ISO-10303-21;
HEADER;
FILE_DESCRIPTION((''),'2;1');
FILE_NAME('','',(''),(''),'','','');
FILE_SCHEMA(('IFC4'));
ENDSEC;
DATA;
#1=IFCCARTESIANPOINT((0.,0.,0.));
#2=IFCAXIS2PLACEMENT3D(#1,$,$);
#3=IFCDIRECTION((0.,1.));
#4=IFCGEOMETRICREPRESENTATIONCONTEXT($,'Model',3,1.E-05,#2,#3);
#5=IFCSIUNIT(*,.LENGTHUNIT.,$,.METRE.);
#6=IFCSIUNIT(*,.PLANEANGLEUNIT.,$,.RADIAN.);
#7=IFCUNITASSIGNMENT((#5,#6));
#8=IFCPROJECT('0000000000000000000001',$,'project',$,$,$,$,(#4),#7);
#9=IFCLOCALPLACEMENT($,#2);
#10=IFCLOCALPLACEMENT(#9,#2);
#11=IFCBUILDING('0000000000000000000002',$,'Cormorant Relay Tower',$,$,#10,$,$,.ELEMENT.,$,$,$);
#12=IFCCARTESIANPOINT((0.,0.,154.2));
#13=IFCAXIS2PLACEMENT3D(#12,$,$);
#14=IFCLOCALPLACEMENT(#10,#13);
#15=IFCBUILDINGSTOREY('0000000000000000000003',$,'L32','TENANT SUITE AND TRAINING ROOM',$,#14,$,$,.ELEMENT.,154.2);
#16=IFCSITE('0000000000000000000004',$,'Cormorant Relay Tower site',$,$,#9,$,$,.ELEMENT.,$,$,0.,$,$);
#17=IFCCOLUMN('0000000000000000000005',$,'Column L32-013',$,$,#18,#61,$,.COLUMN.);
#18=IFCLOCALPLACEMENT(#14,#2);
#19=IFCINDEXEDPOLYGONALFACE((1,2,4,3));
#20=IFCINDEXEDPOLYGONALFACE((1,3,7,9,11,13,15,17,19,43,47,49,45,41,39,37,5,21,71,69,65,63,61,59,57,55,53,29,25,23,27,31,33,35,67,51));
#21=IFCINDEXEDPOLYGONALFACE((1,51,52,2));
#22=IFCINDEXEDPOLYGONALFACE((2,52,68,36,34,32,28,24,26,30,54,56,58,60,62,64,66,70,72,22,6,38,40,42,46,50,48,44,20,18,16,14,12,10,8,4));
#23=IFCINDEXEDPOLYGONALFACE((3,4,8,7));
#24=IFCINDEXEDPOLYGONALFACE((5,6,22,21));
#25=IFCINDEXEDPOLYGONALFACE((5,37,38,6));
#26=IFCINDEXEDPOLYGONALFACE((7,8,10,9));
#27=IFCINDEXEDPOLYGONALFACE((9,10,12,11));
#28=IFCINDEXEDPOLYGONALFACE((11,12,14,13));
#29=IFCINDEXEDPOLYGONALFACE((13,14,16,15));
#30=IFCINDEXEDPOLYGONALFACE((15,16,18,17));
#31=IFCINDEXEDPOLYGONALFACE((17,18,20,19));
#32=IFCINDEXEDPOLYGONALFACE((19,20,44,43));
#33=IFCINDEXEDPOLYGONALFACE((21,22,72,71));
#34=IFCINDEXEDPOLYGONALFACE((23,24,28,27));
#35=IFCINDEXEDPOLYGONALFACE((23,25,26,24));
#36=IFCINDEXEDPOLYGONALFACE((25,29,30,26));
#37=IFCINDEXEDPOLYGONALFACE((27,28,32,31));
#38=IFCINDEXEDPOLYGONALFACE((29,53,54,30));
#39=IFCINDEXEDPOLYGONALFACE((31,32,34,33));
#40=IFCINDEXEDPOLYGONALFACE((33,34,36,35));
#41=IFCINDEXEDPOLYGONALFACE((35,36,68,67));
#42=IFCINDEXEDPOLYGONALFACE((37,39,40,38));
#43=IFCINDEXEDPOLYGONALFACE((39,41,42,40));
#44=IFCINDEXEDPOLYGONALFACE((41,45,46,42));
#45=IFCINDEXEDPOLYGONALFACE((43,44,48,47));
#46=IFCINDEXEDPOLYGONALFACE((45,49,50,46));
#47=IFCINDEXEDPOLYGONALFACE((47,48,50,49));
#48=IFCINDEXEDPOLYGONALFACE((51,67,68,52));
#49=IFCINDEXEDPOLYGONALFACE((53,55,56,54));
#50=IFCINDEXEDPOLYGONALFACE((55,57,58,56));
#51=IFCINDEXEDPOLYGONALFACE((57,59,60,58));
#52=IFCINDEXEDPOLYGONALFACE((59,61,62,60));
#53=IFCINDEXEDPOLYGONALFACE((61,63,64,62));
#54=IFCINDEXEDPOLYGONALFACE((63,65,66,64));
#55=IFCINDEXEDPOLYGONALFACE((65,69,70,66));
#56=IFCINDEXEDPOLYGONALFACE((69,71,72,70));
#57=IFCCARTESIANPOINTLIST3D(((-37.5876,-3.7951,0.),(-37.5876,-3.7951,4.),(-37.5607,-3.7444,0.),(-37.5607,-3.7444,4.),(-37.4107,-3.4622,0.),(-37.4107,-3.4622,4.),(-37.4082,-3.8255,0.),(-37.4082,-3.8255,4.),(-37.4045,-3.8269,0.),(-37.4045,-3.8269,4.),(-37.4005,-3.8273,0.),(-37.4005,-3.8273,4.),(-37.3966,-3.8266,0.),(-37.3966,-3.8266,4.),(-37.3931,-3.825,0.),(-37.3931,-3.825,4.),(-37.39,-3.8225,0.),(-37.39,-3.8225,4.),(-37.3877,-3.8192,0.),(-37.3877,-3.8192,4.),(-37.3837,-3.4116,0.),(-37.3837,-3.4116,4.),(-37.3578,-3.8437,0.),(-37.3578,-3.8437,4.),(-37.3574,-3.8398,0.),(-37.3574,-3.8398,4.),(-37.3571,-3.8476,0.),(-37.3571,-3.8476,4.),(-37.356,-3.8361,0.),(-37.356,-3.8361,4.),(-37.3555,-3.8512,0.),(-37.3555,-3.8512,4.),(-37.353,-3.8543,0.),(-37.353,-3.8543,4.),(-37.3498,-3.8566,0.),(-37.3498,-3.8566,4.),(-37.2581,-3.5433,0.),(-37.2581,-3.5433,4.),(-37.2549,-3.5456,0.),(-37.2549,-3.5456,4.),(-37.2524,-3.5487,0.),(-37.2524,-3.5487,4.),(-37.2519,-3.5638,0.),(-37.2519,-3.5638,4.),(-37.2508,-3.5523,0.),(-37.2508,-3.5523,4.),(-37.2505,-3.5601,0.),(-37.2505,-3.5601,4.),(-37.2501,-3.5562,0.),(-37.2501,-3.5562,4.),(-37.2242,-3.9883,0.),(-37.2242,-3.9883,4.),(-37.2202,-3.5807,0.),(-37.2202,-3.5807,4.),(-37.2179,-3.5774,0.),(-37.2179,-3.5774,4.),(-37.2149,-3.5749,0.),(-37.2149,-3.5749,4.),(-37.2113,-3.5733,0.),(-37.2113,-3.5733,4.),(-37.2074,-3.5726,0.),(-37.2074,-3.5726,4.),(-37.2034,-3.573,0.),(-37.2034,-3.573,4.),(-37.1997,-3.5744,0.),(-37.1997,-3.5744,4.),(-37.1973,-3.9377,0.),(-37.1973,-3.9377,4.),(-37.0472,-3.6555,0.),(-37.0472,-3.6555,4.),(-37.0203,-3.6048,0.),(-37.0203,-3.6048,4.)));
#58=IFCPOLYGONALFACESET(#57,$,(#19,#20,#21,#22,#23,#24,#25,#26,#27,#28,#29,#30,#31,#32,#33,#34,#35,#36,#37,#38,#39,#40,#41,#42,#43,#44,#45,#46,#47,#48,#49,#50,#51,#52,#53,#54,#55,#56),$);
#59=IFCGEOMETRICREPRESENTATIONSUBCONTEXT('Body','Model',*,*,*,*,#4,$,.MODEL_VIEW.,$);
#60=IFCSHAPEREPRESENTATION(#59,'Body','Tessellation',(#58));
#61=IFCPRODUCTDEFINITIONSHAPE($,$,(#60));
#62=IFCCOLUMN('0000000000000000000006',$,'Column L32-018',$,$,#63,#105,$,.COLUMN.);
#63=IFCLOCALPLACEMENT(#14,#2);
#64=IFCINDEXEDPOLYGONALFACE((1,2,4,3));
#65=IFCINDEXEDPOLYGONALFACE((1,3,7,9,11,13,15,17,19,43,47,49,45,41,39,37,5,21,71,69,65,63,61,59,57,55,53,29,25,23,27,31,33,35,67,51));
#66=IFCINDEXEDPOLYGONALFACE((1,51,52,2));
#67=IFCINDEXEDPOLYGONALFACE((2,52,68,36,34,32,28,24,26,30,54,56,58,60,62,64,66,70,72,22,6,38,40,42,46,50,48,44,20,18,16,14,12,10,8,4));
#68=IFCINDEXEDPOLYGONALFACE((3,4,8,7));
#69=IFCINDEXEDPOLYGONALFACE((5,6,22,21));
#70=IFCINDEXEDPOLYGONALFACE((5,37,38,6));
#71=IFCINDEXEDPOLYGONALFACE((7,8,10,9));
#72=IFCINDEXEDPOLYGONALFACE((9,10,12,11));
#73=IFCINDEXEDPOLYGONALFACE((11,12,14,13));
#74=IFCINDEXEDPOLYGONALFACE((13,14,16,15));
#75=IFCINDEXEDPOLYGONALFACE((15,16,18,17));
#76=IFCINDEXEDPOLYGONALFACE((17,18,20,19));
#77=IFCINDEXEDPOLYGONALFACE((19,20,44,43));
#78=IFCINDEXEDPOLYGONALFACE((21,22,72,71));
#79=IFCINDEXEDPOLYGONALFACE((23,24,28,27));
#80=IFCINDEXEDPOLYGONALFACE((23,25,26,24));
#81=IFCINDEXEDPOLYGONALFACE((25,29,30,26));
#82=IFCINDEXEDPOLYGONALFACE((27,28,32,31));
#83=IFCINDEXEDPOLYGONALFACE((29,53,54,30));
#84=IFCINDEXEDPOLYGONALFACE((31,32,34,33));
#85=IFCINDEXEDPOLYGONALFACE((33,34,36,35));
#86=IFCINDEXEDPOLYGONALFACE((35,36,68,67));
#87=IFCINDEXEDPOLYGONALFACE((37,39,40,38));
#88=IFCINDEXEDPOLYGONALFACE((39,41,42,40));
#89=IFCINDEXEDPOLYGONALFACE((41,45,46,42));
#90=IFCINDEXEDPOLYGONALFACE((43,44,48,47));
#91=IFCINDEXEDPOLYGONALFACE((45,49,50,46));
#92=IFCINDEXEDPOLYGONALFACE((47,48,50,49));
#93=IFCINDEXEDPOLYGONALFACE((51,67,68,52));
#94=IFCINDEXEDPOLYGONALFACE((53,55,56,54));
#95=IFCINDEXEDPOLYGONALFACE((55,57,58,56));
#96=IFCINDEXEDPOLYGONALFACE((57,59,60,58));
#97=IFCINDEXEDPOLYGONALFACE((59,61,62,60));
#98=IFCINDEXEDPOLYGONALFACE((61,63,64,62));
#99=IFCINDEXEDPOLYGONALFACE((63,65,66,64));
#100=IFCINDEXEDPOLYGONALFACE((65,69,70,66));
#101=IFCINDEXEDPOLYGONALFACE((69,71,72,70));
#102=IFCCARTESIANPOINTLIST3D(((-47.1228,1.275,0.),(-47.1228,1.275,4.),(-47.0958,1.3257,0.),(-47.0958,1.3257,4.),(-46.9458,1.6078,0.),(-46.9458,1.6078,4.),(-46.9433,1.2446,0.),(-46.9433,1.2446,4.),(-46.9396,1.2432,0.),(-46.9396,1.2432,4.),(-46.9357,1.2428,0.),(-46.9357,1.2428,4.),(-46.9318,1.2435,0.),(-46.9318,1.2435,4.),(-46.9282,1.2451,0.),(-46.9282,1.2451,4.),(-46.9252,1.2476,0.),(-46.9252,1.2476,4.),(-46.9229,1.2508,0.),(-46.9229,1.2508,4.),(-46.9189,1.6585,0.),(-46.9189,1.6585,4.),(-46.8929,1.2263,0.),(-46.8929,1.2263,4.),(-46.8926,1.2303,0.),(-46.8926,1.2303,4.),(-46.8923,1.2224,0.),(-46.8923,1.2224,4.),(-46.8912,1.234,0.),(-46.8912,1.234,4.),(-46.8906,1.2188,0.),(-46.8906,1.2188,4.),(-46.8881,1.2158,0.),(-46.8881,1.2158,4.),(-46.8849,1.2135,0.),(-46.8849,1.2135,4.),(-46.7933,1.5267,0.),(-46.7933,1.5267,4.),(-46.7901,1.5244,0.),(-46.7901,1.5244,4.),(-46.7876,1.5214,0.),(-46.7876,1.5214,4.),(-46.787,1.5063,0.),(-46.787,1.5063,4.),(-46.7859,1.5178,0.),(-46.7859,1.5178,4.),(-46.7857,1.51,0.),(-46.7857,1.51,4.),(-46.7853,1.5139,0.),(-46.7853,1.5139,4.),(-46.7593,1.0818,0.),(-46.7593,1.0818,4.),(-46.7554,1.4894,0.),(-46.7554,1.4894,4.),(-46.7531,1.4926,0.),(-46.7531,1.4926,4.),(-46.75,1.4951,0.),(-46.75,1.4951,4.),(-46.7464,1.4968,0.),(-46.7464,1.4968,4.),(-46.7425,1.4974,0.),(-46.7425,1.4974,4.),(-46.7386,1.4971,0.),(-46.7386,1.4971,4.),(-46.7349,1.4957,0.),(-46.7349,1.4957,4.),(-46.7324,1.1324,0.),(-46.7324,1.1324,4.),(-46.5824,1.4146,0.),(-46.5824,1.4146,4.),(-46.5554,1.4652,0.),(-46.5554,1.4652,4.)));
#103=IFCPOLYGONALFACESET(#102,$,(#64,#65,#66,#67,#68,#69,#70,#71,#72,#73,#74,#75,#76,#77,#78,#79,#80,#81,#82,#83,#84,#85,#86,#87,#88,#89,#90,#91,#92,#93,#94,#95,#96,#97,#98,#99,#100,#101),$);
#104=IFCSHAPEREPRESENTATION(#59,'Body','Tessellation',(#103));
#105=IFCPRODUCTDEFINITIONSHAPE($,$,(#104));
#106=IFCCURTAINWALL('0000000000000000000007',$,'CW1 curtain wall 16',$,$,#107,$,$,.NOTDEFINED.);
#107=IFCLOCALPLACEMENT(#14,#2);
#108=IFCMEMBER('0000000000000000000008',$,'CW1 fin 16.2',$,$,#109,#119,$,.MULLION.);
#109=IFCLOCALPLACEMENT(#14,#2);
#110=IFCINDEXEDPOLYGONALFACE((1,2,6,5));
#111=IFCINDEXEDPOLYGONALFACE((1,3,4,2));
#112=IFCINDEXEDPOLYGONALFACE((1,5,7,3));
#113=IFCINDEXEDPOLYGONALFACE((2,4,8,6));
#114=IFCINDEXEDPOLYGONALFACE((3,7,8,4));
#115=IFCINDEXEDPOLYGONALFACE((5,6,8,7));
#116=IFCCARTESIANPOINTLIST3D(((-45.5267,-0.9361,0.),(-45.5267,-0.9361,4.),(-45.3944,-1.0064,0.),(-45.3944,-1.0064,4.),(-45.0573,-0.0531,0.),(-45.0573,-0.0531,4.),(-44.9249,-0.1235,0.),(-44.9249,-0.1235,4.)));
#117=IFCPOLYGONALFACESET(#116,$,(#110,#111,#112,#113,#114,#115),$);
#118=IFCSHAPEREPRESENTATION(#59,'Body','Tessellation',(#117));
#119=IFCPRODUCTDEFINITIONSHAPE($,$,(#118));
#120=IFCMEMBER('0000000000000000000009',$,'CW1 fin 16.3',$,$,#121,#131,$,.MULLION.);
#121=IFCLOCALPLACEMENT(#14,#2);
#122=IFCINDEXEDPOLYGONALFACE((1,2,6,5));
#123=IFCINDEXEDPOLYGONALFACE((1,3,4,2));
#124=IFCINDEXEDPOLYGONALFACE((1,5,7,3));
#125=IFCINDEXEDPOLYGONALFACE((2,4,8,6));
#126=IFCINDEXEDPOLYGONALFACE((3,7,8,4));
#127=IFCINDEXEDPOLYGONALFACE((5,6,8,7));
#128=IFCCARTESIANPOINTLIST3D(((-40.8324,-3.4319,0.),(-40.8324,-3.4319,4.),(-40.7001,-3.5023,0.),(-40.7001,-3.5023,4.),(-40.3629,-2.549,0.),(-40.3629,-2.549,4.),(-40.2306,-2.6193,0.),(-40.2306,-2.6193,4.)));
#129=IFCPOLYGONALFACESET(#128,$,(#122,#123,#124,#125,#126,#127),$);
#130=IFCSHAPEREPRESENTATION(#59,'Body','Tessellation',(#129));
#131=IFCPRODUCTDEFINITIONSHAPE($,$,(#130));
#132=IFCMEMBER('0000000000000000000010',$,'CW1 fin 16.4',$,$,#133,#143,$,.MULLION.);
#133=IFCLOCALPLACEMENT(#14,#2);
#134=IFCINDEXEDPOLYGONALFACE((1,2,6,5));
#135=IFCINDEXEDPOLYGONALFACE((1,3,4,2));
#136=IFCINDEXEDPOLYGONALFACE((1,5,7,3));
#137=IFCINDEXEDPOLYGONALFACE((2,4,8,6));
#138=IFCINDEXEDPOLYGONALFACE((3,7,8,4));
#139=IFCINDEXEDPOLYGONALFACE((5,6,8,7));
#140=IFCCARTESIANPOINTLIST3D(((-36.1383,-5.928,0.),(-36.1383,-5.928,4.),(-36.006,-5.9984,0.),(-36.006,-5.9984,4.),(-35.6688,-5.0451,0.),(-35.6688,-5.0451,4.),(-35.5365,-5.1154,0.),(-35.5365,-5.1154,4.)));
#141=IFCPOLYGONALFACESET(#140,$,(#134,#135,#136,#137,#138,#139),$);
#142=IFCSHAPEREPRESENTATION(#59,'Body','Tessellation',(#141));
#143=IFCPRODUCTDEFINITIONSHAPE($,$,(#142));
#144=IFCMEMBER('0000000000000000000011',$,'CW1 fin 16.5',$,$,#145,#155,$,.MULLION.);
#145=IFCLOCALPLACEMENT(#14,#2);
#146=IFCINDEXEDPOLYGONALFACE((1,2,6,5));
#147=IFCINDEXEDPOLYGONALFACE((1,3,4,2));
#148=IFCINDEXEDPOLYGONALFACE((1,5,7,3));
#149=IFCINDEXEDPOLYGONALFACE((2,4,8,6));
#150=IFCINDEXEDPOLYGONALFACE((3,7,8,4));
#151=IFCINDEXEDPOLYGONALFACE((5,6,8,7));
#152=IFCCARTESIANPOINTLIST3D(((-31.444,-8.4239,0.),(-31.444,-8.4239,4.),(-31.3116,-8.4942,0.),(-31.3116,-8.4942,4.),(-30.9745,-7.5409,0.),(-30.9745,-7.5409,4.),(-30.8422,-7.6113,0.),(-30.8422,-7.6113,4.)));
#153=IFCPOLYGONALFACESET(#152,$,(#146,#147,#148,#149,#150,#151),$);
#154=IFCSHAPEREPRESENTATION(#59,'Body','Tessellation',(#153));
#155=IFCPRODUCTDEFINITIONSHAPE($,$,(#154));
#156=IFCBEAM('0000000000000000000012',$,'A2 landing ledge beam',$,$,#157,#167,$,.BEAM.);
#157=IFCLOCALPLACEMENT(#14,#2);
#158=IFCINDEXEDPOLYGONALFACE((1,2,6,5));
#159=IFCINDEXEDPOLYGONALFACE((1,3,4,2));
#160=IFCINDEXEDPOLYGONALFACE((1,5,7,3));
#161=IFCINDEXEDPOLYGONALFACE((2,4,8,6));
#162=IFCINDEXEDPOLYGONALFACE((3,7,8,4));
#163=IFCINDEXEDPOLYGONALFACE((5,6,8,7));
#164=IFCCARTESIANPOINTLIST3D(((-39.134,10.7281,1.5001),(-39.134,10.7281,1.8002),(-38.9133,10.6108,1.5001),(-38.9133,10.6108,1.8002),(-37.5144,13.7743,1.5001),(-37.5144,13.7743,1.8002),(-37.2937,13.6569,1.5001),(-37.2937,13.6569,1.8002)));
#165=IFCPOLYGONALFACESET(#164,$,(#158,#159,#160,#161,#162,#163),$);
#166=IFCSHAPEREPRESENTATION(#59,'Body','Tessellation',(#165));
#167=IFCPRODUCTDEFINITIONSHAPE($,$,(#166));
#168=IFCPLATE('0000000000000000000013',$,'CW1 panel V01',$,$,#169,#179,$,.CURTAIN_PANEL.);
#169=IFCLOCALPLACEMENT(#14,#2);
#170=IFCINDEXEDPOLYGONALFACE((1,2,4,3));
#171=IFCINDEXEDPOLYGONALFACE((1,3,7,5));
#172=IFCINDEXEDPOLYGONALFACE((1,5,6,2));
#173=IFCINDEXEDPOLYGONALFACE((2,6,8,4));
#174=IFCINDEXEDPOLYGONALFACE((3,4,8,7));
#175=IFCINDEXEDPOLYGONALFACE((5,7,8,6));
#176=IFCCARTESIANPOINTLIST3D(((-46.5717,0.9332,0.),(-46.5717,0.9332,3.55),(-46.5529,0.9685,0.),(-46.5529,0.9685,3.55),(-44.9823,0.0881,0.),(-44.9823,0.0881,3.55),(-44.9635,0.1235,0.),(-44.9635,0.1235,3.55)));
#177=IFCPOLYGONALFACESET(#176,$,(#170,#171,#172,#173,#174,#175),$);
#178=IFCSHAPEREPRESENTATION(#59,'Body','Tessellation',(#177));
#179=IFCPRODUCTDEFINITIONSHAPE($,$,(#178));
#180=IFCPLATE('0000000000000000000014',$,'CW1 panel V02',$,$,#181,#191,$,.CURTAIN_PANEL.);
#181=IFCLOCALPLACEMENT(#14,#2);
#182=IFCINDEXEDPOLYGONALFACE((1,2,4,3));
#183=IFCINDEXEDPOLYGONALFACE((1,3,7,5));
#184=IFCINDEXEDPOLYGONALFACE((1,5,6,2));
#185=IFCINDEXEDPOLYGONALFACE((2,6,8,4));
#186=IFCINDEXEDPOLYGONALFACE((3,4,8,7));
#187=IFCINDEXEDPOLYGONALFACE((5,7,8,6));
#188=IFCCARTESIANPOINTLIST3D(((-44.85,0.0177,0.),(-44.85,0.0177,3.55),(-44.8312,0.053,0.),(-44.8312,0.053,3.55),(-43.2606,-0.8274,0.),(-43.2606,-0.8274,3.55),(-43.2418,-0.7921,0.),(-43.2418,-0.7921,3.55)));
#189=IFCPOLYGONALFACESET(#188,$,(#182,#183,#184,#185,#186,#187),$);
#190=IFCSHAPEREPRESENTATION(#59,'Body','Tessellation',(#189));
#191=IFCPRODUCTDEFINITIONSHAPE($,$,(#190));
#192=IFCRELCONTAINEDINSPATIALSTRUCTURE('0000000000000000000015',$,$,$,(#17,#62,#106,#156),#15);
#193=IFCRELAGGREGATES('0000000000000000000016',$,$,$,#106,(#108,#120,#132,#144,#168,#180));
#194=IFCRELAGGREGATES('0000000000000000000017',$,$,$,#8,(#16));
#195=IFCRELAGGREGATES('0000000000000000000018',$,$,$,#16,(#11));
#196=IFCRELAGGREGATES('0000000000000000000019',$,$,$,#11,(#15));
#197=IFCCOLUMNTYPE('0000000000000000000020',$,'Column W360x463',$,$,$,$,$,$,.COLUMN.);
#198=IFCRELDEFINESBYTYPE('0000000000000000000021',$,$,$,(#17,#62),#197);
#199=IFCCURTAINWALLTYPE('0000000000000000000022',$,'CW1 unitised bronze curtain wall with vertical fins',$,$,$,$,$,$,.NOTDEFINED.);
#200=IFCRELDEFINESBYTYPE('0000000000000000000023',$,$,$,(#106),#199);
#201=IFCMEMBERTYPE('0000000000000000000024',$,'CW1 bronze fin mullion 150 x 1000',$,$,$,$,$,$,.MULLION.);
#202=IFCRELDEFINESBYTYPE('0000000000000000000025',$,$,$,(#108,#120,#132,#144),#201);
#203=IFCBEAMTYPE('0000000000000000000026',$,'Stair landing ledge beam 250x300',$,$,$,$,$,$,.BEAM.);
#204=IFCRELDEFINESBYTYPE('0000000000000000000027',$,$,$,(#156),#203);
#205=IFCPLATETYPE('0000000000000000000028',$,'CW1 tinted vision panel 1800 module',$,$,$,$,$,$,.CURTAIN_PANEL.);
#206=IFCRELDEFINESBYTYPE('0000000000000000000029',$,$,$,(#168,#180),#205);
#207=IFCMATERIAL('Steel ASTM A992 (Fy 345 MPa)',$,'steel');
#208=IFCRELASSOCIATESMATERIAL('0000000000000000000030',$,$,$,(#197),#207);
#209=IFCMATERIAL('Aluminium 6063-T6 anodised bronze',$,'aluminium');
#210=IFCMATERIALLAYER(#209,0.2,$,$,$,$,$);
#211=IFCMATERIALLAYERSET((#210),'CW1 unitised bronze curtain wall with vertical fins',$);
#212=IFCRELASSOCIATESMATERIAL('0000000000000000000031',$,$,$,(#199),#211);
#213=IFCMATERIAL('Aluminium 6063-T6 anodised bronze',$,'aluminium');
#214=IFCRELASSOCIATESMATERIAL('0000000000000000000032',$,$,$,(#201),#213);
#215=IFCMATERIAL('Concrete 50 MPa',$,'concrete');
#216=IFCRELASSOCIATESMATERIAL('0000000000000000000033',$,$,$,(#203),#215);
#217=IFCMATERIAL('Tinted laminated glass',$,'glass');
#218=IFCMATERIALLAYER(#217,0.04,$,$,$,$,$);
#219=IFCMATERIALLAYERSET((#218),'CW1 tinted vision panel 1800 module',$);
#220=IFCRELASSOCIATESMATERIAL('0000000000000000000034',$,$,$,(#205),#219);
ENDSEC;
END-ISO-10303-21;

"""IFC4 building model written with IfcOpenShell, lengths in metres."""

from ifc_helpers import new_model, si_unit, direction, frame, origin, origin_2d, place, context, subcontext, project, spatial, rectangle, i_section, extrude, material, layer, layer_set, material_profile, profile_set, type_object, element, aggregate, save


model = new_model("IFC4")

# Units and contexts
model_context = context("Model", 3, precision=1e-05, world=origin(), true_north=direction((0.0, 1.0)))
body_context = subcontext(model_context, "Body", "Model", "MODEL_VIEW")
ifc_project = project(units=[si_unit("LENGTHUNIT", "METRE"), si_unit("PLANEANGLEUNIT", "RADIAN")], contexts=[model_context])

# Site, building, storey
site_placement = place(None, origin())
site = spatial("IfcSite", under=ifc_project, at=site_placement, Name="Cormorant Relay Tower site", CompositionType="ELEMENT", RefElevation=0.0)
building_placement = place(site_placement, origin())
building = spatial("IfcBuilding", under=site, at=building_placement, Name="Cormorant Relay Tower", CompositionType="ELEMENT")
storey_placement = place(building_placement, frame((0.0, 0.0, 154.2)))
storey = spatial("IfcBuildingStorey", under=building, at=storey_placement, Name="L32", Description="TENANT SUITE AND TRAINING ROOM", CompositionType="ELEMENT", Elevation=154.2)

# Columns
ifc_material_1 = material(Name="Steel ASTM A992 (Fy 345 MPa)", Category="steel")
ifc_material_profile_1 = material_profile(ifc_material_1, i_section(OverallWidth=0.4116, OverallDepth=0.4343, WebThickness=0.0359, FlangeThickness=0.0574, FilletRadius=0.0151, at=origin_2d()), Name="W360x463")
ifc_profile_set_1 = profile_set([ifc_material_profile_1], Name="Steel ASTM A992 (Fy 345 MPa)")
column_type = type_object("IfcColumnType", Name="Column W360x463", PredefinedType="COLUMN", material=ifc_profile_set_1)
for number, where, z_axis, x_axis, name in (
    (1, (-37.304, -3.7, 0.0), (0.0, 0.0, 1.0), (0.882948, -0.469472, 0.0), "Column L32-013"),
    (2, (-46.8391, 1.3701, 0.0), (0.0, 0.0, 1.0), (0.882948, -0.469472, 0.0), "Column L32-018"),
):
    element("IfcColumn", number, at=place(storey_placement, frame(where, z_axis=z_axis, x_axis=x_axis)), inside=storey, type_object=column_type, Name=name, PredefinedType="COLUMN", context=body_context, shape_type="SweptSolid", body=[
        extrude(i_section(OverallWidth=0.4116, OverallDepth=0.4343, WebThickness=0.0359, FlangeThickness=0.0574, FilletRadius=0.0151, at=origin_2d()), origin(), (0.0, 0.0, 1.0), 4.0),
    ])

# Curtain wall, members
ifc_material_2 = material(Name="Aluminium 6063-T6 anodised bronze", Category="aluminium")
ifc_layer_1 = layer(ifc_material_2, 0.2)
ifc_layer_set_1 = layer_set([ifc_layer_1], Name="CW1 unitised bronze curtain wall with vertical fins")
curtain_wall_type = type_object("IfcCurtainWallType", Name="CW1 unitised bronze curtain wall with vertical fins", PredefinedType="NOTDEFINED", material=ifc_layer_set_1)
curtain_wall_placement = place(storey_placement, origin())
curtain_wall = element("IfcCurtainWall", 3, at=curtain_wall_placement, inside=storey, type_object=curtain_wall_type, Name="CW1 curtain wall 16", PredefinedType="NOTDEFINED")
ifc_material_3 = material(Name="Aluminium 6063-T6 anodised bronze", Category="aluminium")
ifc_material_profile_2 = material_profile(ifc_material_3, rectangle(XDim=0.1499, YDim=1.0, at=origin_2d()), Name="AL 150x1000")
ifc_profile_set_2 = profile_set([ifc_material_profile_2], Name="Aluminium 6063-T6 anodised bronze")
member_type = type_object("IfcMemberType", Name="CW1 bronze fin mullion 150 x 1000", PredefinedType="MULLION", material=ifc_profile_set_2)
member_1_placement = place(storey_placement, frame((-45.2258, -0.5298, 0.0), z_axis=(0.0, 0.0, 1.0), x_axis=(0.882948, -0.469472, 0.0)))
member_1 = element("IfcMember", 4, at=member_1_placement, type_object=member_type, Name="CW1 fin 16.2", PredefinedType="MULLION", context=body_context, shape_type="SweptSolid", body=[
    extrude(rectangle(XDim=0.1499, YDim=1.0, at=origin_2d()), origin(), (0.0, 0.0, 1.0), 4.0),
])
member_2_placement = place(storey_placement, frame((-40.5315, -3.0256, 0.0), z_axis=(0.0, 0.0, 1.0), x_axis=(0.882948, -0.469472, 0.0)))
member_2 = element("IfcMember", 5, at=member_2_placement, type_object=member_type, Name="CW1 fin 16.3", PredefinedType="MULLION", context=body_context, shape_type="SweptSolid", body=[
    extrude(rectangle(XDim=0.1499, YDim=1.0, at=origin_2d()), origin(), (0.0, 0.0, 1.0), 4.0),
])
member_3_placement = place(storey_placement, frame((-35.8374, -5.5217, 0.0), z_axis=(0.0, 0.0, 1.0), x_axis=(0.882948, -0.469472, 0.0)))
member_3 = element("IfcMember", 6, at=member_3_placement, type_object=member_type, Name="CW1 fin 16.4", PredefinedType="MULLION", context=body_context, shape_type="SweptSolid", body=[
    extrude(rectangle(XDim=0.1499, YDim=1.0, at=origin_2d()), origin(), (0.0, 0.0, 1.0), 4.0),
])
member_4_placement = place(storey_placement, frame((-31.1431, -8.0176, 0.0), z_axis=(0.0, 0.0, 1.0), x_axis=(0.882948, -0.469472, 0.0)))
member_4 = element("IfcMember", 7, at=member_4_placement, type_object=member_type, Name="CW1 fin 16.5", PredefinedType="MULLION", context=body_context, shape_type="SweptSolid", body=[
    extrude(rectangle(XDim=0.1499, YDim=1.0, at=origin_2d()), origin(), (0.0, 0.0, 1.0), 4.0),
])

# Beam
ifc_material_4 = material(Name="Concrete 50 MPa", Category="concrete")
ifc_material_profile_3 = material_profile(ifc_material_4, rectangle(XDim=0.25, YDim=0.3, at=origin_2d()), Name="RC 250x300")
ifc_profile_set_3 = profile_set([ifc_material_profile_3], Name="Concrete 50 MPa")
beam_type = type_object("IfcBeamType", Name="Stair landing ledge beam 250x300", PredefinedType="BEAM", material=ifc_profile_set_3)
beam_placement = place(storey_placement, frame((-37.4041, 13.7156, 1.6501), z_axis=(-0.469464, -0.882952, 0.0), x_axis=(0.882952, -0.469464, 0.0)))
element("IfcBeam", 8, at=beam_placement, inside=storey, type_object=beam_type, Name="A2 landing ledge beam", PredefinedType="BEAM", context=body_context, shape_type="SweptSolid", body=[
    extrude(rectangle(XDim=0.25, YDim=0.3, at=origin_2d()), origin(), (0.0, 0.0, 1.0), 3.45),
])

# Plates
ifc_material_5 = material(Name="Tinted laminated glass", Category="glass")
ifc_layer_2 = layer(ifc_material_5, 0.04)
ifc_layer_set_2 = layer_set([ifc_layer_2], Name="CW1 tinted vision panel 1800 module")
plate_type = type_object("IfcPlateType", Name="CW1 tinted vision panel 1800 module", PredefinedType="CURTAIN_PANEL", material=ifc_layer_set_2)
plate_1_placement = place(storey_placement, frame((-45.7676, 0.5283, 0.0), z_axis=(0.0, 0.0, 1.0), x_axis=(0.882948, -0.469472, 0.0)))
plate_1 = element("IfcPlate", 9, at=plate_1_placement, type_object=plate_type, Name="CW1 panel V01", PredefinedType="CURTAIN_PANEL", context=body_context, shape_type="SweptSolid", body=[
    extrude(rectangle(XDim=1.8, YDim=0.04, at=origin_2d()), origin(), (0.0, 0.0, 1.0), 3.55),
])
plate_2_placement = place(storey_placement, frame((-44.0459, -0.3872, 0.0), z_axis=(0.0, 0.0, 1.0), x_axis=(0.882948, -0.469472, 0.0)))
plate_2 = element("IfcPlate", 10, at=plate_2_placement, type_object=plate_type, Name="CW1 panel V02", PredefinedType="CURTAIN_PANEL", context=body_context, shape_type="SweptSolid", body=[
    extrude(rectangle(XDim=1.8, YDim=0.04, at=origin_2d()), origin(), (0.0, 0.0, 1.0), 3.55),
])

aggregate(curtain_wall, [member_1, member_2, member_3, member_4, plate_1, plate_2])

save(model, "model.ifc")
